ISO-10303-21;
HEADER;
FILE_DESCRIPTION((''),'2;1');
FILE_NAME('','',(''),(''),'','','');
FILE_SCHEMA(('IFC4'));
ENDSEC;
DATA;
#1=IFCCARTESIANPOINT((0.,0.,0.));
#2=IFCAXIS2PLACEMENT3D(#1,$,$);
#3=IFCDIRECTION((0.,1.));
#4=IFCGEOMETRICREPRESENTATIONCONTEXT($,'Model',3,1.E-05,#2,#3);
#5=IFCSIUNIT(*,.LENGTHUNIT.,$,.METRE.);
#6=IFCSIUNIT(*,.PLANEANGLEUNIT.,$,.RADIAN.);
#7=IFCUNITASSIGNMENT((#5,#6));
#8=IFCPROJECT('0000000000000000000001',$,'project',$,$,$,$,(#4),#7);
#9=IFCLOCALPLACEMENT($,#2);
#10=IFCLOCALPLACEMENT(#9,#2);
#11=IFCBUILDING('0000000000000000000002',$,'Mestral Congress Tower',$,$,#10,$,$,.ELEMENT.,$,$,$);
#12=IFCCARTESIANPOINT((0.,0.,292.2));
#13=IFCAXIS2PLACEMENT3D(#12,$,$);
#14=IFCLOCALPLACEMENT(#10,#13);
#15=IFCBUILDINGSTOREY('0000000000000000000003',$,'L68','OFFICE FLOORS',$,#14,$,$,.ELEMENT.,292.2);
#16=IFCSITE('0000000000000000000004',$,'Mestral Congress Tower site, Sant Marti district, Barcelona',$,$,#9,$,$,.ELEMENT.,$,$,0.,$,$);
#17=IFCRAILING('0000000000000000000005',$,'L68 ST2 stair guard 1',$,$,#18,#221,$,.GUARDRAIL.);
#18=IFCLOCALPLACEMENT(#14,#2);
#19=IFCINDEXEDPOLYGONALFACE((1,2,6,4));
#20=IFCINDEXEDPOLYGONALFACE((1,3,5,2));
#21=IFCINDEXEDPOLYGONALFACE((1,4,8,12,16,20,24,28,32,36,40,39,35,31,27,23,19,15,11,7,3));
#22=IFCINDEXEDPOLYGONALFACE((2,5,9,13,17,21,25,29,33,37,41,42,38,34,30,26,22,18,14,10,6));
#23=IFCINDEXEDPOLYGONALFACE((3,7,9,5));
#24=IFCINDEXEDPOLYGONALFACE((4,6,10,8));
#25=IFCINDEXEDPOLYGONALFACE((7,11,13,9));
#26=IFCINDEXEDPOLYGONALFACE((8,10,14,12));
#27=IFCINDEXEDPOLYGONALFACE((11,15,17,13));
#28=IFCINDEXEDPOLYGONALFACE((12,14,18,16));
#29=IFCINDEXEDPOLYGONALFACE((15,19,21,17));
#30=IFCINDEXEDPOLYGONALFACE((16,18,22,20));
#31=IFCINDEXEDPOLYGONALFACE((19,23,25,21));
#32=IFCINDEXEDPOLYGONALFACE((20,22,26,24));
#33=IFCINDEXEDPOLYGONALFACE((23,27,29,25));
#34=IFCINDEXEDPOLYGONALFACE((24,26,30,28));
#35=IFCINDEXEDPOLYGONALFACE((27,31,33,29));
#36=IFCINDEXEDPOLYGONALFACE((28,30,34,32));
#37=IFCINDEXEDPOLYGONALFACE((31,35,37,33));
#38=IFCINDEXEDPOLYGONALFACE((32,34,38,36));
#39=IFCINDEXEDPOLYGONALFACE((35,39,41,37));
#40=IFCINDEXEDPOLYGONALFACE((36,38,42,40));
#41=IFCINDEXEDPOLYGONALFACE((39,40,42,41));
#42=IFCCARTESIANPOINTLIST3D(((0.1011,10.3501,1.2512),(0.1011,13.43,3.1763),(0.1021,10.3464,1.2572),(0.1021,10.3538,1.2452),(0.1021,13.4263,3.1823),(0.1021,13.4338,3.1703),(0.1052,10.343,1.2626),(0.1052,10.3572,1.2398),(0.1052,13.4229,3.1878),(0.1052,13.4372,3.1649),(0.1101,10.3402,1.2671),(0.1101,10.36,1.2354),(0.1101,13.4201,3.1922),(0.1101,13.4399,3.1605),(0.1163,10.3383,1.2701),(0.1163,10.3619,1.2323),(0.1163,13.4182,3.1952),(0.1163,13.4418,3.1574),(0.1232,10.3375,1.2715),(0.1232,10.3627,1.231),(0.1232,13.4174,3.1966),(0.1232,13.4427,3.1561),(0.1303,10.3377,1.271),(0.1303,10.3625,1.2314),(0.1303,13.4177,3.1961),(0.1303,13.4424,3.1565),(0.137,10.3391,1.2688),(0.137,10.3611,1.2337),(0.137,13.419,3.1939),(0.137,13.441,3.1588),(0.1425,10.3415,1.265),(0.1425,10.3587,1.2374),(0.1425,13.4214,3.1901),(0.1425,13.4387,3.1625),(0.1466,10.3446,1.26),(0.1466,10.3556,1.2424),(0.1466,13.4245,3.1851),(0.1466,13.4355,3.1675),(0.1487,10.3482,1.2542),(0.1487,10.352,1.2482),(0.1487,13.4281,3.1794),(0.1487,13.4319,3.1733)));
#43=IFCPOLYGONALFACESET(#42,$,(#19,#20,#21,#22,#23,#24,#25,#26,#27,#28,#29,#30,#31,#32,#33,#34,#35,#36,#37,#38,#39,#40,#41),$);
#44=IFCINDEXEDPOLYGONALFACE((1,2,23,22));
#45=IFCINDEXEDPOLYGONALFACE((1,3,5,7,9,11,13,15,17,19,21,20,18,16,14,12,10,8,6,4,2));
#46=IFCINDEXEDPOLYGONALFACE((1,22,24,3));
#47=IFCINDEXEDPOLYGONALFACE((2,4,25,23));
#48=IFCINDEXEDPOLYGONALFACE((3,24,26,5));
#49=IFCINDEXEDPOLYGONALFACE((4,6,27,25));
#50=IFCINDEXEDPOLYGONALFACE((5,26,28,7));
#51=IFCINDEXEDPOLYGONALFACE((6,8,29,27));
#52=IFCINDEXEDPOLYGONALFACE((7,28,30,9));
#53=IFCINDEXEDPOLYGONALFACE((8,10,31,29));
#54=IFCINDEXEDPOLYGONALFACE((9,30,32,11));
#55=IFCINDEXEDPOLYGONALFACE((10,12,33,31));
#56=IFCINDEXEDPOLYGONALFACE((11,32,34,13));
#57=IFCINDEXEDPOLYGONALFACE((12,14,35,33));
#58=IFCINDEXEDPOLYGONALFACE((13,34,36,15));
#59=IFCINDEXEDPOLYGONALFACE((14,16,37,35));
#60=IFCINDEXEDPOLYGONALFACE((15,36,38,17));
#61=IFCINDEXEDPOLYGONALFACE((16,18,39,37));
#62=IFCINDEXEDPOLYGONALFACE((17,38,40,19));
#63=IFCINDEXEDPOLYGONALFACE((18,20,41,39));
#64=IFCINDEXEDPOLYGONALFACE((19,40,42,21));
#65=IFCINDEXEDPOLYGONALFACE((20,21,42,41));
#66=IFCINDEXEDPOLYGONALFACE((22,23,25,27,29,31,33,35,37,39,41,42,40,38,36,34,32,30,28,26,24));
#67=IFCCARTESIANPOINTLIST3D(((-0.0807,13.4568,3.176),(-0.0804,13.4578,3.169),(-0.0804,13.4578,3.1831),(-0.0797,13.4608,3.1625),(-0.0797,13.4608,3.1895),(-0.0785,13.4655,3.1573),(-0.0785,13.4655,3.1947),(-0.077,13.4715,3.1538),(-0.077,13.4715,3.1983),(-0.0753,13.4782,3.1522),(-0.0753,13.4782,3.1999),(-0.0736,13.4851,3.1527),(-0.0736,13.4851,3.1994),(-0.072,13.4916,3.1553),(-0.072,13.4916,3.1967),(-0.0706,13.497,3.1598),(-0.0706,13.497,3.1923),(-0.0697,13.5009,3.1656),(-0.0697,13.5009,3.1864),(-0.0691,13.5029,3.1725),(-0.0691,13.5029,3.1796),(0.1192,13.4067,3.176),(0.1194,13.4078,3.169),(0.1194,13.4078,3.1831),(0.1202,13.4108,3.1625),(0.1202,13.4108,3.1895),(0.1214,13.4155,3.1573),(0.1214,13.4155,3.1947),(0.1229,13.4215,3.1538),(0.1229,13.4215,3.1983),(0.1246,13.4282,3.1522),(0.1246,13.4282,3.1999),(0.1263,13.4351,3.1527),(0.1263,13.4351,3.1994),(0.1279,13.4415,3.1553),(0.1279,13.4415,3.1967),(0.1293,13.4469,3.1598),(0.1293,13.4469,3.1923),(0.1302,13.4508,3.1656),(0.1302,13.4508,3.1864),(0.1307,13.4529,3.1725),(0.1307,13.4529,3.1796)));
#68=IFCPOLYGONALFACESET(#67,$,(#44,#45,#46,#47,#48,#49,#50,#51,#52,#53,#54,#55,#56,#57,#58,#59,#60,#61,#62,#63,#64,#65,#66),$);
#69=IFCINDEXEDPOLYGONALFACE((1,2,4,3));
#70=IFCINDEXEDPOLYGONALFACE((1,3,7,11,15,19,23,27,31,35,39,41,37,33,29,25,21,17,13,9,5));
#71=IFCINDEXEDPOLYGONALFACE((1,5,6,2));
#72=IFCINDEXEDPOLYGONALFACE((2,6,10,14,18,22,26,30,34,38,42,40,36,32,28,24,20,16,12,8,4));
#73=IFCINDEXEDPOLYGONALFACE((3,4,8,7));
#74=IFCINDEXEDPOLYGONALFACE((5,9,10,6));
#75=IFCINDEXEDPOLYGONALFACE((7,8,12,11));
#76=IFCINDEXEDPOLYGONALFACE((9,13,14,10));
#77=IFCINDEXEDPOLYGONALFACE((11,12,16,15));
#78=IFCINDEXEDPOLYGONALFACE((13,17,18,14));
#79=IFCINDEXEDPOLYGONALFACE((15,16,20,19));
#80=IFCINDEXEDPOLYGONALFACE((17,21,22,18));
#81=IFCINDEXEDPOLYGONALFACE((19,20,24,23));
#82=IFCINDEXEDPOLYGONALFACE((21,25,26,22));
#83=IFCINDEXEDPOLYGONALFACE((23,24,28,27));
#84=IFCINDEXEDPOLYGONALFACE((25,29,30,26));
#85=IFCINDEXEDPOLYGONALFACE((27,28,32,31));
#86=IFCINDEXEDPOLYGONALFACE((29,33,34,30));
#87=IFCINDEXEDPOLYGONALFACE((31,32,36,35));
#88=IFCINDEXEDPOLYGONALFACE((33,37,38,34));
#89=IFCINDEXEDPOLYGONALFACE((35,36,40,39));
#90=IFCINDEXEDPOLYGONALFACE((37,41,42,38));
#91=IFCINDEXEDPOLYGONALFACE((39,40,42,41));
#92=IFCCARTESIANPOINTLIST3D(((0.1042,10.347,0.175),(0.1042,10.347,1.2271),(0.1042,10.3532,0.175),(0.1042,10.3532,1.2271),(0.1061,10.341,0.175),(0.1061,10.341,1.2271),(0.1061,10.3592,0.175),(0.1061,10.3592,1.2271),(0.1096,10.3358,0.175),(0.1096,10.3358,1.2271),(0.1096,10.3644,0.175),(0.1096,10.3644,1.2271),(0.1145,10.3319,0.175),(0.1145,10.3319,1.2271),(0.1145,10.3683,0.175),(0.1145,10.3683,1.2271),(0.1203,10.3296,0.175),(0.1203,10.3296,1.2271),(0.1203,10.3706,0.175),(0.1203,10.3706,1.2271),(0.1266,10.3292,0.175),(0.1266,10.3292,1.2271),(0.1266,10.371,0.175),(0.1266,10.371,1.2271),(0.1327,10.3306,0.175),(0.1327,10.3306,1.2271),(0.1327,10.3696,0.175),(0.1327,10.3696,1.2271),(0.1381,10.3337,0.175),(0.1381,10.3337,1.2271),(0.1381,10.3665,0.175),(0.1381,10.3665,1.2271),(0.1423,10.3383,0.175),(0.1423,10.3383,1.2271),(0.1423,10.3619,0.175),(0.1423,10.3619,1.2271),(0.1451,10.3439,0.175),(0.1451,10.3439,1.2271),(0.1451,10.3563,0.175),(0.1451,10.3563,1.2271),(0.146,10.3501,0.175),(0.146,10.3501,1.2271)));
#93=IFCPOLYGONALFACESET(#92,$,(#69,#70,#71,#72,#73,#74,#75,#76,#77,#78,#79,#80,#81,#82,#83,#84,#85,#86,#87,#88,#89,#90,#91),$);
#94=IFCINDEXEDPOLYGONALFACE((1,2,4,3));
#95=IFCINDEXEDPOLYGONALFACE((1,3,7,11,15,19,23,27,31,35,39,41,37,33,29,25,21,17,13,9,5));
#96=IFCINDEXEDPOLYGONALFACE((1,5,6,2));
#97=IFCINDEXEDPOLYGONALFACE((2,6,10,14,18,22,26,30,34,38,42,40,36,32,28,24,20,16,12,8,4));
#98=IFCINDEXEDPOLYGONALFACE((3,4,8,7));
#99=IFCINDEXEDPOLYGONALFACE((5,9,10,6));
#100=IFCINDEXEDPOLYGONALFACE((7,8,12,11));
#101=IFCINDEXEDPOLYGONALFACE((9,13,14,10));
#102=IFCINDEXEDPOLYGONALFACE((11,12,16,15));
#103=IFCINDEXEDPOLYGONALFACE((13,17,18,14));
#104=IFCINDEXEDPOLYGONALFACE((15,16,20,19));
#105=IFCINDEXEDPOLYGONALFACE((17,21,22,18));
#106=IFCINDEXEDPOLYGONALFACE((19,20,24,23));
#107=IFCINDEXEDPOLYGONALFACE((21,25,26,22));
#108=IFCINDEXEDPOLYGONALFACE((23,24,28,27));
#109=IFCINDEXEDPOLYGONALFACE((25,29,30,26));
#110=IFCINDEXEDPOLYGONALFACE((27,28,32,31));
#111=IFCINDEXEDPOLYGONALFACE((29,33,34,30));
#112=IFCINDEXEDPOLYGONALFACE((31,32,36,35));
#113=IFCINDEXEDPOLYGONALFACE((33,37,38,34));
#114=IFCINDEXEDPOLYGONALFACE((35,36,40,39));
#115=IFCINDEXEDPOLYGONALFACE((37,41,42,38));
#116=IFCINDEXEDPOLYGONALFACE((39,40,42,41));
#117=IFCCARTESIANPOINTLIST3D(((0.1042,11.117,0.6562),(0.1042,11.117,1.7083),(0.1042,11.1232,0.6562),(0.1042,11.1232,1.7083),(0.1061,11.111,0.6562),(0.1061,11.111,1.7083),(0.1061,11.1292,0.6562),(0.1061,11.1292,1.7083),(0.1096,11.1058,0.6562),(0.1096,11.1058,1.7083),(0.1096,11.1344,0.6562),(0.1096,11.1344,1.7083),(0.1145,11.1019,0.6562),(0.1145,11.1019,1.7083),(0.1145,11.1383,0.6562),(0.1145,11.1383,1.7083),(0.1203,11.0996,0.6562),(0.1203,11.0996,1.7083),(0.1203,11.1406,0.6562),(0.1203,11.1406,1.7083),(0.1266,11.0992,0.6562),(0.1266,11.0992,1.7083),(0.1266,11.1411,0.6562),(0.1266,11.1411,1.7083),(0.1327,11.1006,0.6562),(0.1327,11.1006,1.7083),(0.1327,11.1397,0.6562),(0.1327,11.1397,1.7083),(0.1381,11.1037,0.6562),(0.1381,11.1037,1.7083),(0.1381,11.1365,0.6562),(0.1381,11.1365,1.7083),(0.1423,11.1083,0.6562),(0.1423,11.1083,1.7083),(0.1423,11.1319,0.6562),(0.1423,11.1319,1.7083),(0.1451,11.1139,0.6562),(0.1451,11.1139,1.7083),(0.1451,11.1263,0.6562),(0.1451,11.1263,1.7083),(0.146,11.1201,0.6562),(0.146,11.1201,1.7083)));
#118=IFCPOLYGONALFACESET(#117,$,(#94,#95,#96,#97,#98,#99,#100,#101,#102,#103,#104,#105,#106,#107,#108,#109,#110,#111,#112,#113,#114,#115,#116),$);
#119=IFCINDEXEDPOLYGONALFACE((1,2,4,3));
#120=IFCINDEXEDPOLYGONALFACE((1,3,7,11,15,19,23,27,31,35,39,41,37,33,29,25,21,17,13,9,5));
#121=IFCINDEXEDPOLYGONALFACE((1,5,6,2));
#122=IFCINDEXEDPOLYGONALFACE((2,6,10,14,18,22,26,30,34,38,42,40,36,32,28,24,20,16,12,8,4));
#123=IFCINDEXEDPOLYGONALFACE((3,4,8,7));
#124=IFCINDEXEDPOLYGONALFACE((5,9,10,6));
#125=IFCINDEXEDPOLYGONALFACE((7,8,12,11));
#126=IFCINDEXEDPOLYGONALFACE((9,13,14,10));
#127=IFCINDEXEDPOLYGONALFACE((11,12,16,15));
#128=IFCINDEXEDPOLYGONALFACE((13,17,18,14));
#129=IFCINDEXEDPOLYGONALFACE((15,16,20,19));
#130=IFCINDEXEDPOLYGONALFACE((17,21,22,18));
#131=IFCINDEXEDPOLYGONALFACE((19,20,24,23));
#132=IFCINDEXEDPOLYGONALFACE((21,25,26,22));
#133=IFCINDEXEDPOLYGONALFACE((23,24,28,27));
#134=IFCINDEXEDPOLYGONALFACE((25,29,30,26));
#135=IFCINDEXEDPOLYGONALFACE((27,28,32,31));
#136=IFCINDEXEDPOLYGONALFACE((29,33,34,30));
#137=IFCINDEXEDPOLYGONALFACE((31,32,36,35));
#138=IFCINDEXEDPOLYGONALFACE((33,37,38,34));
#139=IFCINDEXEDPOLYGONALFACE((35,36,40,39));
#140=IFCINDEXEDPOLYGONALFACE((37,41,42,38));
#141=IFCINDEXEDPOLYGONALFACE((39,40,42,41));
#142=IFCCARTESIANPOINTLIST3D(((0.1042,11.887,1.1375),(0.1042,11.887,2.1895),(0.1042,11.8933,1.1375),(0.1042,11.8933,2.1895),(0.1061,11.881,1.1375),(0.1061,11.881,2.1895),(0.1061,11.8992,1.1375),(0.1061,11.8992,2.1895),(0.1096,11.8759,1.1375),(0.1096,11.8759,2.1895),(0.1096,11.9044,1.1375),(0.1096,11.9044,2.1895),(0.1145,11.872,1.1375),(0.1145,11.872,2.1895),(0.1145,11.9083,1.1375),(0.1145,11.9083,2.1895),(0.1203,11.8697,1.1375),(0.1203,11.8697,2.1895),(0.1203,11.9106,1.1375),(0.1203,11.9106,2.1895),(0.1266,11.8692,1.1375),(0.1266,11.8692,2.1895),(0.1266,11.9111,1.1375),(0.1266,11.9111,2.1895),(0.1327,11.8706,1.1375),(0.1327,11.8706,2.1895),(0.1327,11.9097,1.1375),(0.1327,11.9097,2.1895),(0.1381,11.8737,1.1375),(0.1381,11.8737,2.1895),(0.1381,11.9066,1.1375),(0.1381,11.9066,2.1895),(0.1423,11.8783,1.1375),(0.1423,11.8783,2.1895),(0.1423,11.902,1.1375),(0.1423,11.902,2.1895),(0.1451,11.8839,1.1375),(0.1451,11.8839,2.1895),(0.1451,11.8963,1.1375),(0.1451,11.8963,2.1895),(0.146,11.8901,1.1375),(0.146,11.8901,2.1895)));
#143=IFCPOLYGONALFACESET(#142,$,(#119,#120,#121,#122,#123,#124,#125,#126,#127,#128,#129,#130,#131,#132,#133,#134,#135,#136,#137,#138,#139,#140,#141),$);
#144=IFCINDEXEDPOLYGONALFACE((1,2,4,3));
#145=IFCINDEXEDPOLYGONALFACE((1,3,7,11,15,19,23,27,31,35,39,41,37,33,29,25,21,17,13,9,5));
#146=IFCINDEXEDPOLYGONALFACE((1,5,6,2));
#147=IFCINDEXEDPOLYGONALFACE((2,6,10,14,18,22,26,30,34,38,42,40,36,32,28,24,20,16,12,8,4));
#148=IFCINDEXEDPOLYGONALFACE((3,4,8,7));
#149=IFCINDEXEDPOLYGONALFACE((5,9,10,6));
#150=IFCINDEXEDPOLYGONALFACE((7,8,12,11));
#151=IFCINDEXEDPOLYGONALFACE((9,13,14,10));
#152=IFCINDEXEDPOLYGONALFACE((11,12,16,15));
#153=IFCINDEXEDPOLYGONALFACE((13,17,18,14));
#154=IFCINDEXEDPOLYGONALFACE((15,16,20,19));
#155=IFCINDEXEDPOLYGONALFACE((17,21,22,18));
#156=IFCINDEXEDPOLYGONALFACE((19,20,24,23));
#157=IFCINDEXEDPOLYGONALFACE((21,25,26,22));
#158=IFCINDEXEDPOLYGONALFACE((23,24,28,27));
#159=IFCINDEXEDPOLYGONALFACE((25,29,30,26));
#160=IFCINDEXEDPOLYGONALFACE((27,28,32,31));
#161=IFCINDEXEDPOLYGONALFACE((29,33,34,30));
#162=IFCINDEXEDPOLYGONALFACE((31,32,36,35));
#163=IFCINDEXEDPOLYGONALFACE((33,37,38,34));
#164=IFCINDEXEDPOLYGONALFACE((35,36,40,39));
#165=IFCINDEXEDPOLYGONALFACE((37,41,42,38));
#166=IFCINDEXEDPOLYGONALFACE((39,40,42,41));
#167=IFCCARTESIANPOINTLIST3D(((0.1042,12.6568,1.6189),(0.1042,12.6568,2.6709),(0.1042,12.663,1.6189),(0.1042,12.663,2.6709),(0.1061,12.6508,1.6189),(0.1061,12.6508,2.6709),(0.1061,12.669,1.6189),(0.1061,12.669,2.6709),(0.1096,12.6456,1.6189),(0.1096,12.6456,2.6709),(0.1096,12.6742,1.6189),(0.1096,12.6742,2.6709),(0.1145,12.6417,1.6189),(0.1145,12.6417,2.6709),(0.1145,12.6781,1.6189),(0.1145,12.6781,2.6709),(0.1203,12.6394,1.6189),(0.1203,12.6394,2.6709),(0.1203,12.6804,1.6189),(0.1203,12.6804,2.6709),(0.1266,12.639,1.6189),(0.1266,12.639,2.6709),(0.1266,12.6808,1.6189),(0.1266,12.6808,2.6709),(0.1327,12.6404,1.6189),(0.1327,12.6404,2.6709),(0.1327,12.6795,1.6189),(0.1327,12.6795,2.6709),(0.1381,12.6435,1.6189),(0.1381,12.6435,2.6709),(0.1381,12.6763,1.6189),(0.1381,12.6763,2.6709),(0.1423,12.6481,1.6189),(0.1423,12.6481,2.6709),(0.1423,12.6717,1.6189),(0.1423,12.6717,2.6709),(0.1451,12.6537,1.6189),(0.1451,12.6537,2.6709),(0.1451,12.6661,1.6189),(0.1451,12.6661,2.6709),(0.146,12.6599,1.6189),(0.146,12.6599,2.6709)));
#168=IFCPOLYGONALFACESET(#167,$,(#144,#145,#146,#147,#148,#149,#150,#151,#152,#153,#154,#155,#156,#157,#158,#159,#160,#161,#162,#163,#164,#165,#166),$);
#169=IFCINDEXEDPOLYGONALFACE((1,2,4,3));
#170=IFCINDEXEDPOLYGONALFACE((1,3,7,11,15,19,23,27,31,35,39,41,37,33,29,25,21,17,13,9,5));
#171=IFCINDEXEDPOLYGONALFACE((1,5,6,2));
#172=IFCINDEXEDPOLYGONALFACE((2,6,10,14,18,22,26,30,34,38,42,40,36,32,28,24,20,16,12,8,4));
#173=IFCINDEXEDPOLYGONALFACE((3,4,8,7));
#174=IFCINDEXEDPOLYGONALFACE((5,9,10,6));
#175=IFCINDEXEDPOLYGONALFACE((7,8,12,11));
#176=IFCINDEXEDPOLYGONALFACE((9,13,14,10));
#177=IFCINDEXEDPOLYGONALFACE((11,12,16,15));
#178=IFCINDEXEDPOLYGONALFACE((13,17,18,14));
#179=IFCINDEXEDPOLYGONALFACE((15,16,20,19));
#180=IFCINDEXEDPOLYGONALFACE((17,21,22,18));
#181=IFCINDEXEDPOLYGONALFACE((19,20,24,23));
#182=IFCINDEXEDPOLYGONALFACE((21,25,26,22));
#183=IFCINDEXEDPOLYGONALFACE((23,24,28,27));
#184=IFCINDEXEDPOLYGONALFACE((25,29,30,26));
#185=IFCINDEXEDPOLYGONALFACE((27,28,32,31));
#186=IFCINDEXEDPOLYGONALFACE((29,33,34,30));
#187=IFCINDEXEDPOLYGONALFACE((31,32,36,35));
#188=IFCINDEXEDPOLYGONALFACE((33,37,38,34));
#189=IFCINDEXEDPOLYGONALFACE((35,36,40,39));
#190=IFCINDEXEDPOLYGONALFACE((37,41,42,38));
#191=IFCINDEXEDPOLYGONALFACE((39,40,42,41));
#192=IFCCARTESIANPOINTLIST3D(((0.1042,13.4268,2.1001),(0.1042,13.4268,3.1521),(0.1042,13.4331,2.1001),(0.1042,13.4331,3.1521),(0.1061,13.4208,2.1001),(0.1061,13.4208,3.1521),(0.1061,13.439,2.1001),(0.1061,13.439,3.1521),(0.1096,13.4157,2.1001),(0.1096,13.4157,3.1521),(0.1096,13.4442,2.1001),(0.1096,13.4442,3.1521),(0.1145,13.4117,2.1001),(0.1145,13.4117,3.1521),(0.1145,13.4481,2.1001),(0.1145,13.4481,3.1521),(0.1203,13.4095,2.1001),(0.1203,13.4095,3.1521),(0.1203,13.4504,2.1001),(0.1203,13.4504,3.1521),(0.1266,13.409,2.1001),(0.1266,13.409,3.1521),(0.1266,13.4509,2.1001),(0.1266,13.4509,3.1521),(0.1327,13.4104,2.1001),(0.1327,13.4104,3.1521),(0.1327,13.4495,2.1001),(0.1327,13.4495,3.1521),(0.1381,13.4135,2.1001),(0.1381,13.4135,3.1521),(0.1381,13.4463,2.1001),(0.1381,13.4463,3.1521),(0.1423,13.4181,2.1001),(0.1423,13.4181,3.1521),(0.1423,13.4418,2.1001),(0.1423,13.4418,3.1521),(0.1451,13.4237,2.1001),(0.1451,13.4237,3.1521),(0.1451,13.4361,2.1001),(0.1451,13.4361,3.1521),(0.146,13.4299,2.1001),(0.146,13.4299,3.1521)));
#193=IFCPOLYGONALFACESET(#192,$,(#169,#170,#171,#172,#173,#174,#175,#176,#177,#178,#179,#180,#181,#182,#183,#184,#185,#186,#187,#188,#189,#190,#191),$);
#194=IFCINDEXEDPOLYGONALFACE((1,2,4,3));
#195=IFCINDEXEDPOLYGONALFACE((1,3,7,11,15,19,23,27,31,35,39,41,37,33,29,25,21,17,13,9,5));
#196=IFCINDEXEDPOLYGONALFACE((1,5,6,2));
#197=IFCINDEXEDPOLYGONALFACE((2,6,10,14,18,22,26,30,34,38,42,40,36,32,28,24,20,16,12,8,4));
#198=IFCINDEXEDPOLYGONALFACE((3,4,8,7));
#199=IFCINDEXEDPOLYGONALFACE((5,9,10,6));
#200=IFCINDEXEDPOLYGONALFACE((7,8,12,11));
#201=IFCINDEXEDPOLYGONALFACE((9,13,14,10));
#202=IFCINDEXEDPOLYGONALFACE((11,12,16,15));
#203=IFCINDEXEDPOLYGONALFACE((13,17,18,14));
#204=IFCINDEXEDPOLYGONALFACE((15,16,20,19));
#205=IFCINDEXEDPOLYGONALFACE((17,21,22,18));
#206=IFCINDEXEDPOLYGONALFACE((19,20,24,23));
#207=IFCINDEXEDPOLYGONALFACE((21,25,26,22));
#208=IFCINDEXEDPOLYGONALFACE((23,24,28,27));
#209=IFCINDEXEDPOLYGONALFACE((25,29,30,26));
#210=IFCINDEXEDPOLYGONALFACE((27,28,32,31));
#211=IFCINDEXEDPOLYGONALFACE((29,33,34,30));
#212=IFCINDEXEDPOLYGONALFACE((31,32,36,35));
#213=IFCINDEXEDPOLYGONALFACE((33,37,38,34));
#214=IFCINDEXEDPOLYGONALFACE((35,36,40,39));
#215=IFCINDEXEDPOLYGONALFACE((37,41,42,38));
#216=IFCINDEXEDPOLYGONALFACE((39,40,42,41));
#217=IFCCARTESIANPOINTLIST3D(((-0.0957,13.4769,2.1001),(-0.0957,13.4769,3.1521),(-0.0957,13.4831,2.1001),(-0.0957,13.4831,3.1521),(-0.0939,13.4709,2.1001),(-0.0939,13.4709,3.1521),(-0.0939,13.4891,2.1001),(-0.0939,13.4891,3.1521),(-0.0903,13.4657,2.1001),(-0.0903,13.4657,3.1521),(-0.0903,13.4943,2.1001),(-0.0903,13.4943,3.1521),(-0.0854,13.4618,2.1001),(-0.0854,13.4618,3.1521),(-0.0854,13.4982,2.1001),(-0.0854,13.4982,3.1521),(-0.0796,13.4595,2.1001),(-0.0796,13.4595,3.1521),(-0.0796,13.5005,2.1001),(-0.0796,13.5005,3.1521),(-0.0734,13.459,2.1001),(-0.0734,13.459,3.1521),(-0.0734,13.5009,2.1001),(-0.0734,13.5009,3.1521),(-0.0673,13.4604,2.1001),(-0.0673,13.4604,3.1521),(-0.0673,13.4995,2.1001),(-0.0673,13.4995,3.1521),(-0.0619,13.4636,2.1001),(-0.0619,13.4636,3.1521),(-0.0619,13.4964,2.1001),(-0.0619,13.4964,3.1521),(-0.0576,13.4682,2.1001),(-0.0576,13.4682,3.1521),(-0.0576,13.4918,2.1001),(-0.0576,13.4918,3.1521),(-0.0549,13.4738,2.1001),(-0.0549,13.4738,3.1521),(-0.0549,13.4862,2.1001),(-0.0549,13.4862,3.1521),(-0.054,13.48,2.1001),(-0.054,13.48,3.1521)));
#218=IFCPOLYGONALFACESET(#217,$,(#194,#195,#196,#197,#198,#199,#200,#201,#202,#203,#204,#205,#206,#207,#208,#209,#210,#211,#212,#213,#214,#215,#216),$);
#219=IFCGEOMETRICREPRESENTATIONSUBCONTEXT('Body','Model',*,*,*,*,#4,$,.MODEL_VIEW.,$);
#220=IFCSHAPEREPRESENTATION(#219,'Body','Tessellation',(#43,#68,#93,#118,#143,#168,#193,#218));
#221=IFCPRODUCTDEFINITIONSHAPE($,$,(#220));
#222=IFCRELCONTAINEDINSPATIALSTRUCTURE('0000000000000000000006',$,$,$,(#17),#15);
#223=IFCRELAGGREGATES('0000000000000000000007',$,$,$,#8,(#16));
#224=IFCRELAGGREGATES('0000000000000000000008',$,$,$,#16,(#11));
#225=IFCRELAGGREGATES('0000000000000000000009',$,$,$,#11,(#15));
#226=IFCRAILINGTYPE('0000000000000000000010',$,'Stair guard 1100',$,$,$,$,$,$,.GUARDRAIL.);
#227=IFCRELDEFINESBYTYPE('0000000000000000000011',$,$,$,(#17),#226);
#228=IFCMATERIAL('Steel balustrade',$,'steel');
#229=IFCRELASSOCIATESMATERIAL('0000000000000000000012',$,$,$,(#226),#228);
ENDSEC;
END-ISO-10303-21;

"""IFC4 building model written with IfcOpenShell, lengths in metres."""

from ifc_helpers import new_model, si_unit, direction, frame, origin, origin_2d, place, context, subcontext, project, spatial, circle, extrude, material, type_object, element, save


model = new_model("IFC4")

# Units and contexts
model_context = context("Model", 3, precision=1e-05, world=origin(), true_north=direction((0.0, 1.0)))
body_context = subcontext(model_context, "Body", "Model", "MODEL_VIEW")
ifc_project = project(units=[si_unit("LENGTHUNIT", "METRE"), si_unit("PLANEANGLEUNIT", "RADIAN")], contexts=[model_context])

# Site, building, storey
site_placement = place(None, origin())
site = spatial("IfcSite", under=ifc_project, at=site_placement, Name="Mestral Congress Tower site, Sant Marti district, Barcelona", CompositionType="ELEMENT", RefElevation=0.0)
building_placement = place(site_placement, origin())
building = spatial("IfcBuilding", under=site, at=building_placement, Name="Mestral Congress Tower", CompositionType="ELEMENT")
storey_placement = place(building_placement, frame((0.0, 0.0, 292.2)))
storey = spatial("IfcBuildingStorey", under=building, at=storey_placement, Name="L68", Description="OFFICE FLOORS", CompositionType="ELEMENT", Elevation=292.2)

# Railing
ifc_material_1 = material(Name="Steel balustrade", Category="steel")
railing_type_1 = type_object("IfcRailingType", Name="Stair guard 1100", PredefinedType="GUARDRAIL", material=ifc_material_1)
railing_1_placement = place(storey_placement, frame((0.125, 10.3501, 0.175)))
element("IfcRailing", 1, at=railing_1_placement, inside=storey, type_object=railing_type_1, Name="L68 ST2 stair guard 1", PredefinedType="GUARDRAIL", context=body_context, shape_type="SweptSolid", body=[
    extrude(circle(Radius=0.0239, at=origin_2d()), frame((0.0, 0.0, 1.0762), z_axis=(0.0, 0.847979, 0.530029), x_axis=(-1.0, 0.0, 0.0)), (0.0, 0.0, 1.0), 3.6321),
    extrude(circle(Radius=0.0239, at=origin_2d()), frame((0.0, 3.0798, 3.001), z_axis=(-0.970073, 0.242814, 0.0), x_axis=(-0.242814, -0.970073, 0.0)), (0.0, 0.0, 1.0), 0.2061),
    extrude(circle(Radius=0.021, at=origin_2d()), origin(), (0.0, 0.0, 1.0), 1.052),
    extrude(circle(Radius=0.021, at=origin_2d()), frame((0.0, 0.77, 0.4812)), (0.0, 0.0, 1.0), 1.052),
    extrude(circle(Radius=0.021, at=origin_2d()), frame((0.0, 1.54, 0.9624)), (0.0, 0.0, 1.0), 1.052),
    extrude(circle(Radius=0.021, at=origin_2d()), frame((0.0, 2.3098, 1.4438)), (0.0, 0.0, 1.0), 1.052),
    extrude(circle(Radius=0.021, at=origin_2d()), frame((0.0, 3.0798, 1.925)), (0.0, 0.0, 1.0), 1.052),
    extrude(circle(Radius=0.021, at=origin_2d()), frame((-0.2, 3.1299, 1.925)), (0.0, 0.0, 1.0), 1.052),
])

save(model, "model.ifc")
